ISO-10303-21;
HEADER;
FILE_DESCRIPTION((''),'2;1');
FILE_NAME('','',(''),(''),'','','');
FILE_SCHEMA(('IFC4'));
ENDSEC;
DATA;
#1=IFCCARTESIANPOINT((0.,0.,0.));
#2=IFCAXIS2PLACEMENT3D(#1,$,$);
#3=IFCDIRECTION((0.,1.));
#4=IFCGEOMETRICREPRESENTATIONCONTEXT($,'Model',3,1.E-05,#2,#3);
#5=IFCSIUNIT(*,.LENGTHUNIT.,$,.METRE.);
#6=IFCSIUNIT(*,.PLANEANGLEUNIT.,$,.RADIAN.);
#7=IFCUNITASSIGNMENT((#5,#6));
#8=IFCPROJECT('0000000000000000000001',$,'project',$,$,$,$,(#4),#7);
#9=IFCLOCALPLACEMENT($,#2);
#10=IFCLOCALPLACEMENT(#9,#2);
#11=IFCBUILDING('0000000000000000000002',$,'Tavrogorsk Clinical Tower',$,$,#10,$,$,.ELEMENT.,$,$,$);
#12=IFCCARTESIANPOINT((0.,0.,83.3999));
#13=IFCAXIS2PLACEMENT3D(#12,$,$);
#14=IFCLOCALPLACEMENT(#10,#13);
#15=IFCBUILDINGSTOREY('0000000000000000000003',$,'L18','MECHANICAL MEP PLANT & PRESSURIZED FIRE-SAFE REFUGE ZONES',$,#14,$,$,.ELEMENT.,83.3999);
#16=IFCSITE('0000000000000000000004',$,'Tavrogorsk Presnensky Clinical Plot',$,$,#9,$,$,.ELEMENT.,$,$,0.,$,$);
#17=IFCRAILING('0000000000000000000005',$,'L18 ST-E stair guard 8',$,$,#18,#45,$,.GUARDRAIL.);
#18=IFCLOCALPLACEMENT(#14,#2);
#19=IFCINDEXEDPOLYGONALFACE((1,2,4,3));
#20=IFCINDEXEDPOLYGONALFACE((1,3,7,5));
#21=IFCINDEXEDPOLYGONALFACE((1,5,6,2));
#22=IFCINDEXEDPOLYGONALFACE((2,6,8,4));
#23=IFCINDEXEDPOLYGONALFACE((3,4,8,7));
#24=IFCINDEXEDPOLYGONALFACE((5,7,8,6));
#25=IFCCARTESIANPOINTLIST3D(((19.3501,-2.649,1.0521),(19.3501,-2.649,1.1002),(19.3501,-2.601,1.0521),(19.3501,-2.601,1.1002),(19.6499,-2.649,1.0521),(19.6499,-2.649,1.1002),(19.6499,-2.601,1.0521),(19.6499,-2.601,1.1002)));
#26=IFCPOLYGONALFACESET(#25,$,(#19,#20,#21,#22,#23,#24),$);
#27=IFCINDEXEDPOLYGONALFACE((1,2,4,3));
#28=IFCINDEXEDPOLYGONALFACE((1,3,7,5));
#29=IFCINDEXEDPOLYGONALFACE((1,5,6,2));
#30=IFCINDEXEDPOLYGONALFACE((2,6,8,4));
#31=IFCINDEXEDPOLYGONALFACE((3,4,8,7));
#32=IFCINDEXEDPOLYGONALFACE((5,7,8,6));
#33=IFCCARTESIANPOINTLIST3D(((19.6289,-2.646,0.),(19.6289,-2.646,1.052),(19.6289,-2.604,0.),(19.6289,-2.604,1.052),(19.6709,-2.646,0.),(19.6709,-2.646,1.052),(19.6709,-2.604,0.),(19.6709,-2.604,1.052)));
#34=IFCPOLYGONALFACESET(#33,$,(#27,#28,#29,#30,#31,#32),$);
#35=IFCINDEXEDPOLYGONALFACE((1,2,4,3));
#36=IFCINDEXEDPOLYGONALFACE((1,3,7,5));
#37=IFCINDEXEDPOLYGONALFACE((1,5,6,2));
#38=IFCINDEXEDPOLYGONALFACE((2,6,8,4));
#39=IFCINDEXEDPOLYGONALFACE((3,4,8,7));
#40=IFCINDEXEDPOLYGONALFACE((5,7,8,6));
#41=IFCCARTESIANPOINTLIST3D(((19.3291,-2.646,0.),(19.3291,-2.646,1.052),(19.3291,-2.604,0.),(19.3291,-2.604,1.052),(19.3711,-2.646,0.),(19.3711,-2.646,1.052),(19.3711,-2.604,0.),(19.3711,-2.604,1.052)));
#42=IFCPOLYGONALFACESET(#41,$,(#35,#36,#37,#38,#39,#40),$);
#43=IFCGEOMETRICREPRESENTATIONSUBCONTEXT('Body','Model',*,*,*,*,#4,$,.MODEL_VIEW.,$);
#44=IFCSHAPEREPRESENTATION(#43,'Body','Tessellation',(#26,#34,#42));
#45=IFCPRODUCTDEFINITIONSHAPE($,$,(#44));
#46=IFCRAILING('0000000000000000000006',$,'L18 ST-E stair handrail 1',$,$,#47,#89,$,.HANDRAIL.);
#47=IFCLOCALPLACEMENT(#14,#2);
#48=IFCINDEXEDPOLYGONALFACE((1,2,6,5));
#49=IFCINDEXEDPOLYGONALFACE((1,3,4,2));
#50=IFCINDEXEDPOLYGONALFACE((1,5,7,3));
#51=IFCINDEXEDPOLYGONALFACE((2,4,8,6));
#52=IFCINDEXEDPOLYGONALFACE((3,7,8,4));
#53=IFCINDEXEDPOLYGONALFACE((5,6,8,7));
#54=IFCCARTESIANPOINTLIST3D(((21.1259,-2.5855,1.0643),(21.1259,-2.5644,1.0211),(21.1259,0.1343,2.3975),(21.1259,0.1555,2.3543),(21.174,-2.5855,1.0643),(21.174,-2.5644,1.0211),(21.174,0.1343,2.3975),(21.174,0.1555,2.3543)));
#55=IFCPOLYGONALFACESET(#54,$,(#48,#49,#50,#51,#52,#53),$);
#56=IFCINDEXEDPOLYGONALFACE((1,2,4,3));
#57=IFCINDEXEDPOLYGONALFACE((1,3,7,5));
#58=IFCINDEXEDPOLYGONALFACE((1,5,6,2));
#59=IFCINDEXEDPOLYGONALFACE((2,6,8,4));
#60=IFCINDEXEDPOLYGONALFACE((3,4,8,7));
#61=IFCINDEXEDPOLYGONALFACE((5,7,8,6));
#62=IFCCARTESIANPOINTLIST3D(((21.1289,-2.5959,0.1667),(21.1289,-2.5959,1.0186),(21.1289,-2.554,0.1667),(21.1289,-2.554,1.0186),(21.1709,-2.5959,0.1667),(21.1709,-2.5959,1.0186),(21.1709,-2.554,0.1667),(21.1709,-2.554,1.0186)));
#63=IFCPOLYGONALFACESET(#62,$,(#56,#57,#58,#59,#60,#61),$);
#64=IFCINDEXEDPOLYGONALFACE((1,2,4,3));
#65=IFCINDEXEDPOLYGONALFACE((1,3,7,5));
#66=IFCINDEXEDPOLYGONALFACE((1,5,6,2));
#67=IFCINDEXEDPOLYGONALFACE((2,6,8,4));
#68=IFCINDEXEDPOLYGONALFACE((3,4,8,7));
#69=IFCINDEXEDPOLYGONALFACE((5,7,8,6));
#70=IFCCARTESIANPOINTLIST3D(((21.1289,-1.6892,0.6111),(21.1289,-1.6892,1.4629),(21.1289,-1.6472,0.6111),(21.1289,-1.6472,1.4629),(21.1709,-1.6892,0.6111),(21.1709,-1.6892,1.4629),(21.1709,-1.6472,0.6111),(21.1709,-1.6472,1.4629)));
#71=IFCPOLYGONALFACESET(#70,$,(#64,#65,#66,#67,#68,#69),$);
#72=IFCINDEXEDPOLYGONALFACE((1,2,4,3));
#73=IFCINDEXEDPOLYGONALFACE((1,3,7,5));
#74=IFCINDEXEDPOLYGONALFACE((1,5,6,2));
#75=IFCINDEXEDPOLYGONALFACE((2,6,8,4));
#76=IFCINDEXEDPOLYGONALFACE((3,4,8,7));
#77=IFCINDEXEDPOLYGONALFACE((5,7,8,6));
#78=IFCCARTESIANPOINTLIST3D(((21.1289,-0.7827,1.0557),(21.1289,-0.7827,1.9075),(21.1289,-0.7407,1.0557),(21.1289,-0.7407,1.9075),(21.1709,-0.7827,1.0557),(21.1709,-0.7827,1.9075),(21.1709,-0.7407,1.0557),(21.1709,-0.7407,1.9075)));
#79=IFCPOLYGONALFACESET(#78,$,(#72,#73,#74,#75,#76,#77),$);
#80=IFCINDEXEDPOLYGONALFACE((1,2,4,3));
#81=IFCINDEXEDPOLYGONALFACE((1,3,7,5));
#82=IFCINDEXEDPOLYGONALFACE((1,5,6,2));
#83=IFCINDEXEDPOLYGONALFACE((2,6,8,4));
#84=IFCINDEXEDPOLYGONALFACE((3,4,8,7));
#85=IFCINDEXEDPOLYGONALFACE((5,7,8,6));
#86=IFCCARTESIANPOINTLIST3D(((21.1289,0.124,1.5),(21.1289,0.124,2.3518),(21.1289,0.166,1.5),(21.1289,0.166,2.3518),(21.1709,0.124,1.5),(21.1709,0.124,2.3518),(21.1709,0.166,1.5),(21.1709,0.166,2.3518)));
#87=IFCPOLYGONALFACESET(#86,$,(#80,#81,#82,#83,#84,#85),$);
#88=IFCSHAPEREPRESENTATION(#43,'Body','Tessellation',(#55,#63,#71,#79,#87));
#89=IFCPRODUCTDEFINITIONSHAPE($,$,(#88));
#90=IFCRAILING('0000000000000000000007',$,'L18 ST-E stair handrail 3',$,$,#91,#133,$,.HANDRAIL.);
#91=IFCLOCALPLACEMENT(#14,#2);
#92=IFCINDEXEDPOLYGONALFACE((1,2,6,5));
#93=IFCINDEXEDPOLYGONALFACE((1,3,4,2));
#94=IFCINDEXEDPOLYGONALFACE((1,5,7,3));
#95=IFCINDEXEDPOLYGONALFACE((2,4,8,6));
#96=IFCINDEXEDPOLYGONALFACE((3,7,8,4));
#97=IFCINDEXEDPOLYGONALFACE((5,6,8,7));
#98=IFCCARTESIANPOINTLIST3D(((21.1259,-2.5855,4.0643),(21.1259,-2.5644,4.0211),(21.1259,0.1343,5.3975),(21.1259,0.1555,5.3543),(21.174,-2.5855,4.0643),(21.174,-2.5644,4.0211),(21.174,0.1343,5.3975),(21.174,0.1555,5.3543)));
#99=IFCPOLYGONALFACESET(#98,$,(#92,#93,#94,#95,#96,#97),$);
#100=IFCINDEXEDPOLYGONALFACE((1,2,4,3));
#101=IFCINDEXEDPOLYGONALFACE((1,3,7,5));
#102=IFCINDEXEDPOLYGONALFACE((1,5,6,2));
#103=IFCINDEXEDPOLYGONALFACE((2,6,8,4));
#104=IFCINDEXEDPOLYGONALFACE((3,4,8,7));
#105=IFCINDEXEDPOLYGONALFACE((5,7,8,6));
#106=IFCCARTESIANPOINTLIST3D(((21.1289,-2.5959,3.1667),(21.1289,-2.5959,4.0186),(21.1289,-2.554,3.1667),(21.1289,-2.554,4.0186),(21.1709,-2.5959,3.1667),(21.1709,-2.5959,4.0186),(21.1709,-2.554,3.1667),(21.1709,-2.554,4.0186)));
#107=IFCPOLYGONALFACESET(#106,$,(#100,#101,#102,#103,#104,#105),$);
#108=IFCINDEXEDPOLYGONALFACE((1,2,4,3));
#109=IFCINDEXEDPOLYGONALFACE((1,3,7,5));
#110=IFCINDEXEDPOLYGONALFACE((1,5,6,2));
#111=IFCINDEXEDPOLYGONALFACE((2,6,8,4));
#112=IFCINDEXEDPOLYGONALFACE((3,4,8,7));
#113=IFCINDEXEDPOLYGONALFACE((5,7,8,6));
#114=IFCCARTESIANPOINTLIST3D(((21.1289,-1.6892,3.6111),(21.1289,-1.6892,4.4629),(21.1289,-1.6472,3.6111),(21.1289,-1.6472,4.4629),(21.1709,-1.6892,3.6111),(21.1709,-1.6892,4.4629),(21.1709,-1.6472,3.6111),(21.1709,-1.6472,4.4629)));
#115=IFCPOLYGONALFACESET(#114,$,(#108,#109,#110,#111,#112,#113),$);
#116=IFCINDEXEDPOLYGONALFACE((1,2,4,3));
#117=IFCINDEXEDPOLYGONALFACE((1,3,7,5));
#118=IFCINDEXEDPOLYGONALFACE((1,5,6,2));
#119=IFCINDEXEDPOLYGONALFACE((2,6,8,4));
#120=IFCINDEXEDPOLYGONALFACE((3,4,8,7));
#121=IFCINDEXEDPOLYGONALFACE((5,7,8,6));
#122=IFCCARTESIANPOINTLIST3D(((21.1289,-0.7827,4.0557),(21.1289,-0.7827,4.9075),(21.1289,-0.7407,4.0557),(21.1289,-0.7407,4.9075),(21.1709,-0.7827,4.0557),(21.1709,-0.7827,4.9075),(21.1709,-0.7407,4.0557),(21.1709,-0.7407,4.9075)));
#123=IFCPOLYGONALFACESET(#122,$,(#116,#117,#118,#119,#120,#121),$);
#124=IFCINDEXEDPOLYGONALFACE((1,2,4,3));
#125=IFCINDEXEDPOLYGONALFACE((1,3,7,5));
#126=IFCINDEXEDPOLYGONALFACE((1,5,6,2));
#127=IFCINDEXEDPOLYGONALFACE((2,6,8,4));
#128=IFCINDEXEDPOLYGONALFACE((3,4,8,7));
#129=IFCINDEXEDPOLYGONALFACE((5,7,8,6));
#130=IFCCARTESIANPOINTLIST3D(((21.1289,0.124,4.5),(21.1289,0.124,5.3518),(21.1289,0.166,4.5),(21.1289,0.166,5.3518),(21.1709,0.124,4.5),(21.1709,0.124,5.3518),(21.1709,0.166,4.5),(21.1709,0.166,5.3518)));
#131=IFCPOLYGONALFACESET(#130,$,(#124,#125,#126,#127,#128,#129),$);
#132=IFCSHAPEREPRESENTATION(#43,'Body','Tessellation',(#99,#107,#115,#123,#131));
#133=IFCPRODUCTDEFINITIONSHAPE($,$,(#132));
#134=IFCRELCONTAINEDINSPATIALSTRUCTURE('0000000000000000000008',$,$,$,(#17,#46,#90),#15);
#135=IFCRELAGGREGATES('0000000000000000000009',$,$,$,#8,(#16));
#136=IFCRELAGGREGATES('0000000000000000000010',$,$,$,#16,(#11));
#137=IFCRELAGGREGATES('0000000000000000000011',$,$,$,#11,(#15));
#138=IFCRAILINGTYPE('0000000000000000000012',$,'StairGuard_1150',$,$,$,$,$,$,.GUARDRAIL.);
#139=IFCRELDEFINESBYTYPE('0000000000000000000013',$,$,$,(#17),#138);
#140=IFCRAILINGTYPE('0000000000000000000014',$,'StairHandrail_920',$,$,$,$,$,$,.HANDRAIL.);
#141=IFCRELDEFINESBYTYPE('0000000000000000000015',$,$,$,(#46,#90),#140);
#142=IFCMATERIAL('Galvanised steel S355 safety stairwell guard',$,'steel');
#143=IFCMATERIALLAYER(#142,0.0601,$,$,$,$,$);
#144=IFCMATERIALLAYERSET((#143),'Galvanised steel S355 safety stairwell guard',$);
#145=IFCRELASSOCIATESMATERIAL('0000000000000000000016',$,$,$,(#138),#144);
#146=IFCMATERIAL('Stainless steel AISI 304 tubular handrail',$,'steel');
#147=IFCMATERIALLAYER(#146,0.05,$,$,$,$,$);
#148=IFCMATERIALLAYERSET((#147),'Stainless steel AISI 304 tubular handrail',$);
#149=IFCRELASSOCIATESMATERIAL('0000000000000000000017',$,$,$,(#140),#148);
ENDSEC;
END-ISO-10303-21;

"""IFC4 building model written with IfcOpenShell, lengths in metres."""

from ifc_helpers import new_model, si_unit, direction, frame, origin, origin_2d, place, context, subcontext, project, spatial, rectangle, extrude, material, layer, layer_set, type_object, element, save


model = new_model("IFC4")

# Units and contexts
model_context = context("Model", 3, precision=1e-05, world=origin(), true_north=direction((0.0, 1.0)))
body_context = subcontext(model_context, "Body", "Model", "MODEL_VIEW")
ifc_project = project(units=[si_unit("LENGTHUNIT", "METRE"), si_unit("PLANEANGLEUNIT", "RADIAN")], contexts=[model_context])

# Site, building, storey
site_placement = place(None, origin())
site = spatial("IfcSite", under=ifc_project, at=site_placement, Name="Tavrogorsk Presnensky Clinical Plot", CompositionType="ELEMENT", RefElevation=0.0)
building_placement = place(site_placement, origin())
building = spatial("IfcBuilding", under=site, at=building_placement, Name="Tavrogorsk Clinical Tower", CompositionType="ELEMENT")
storey_placement = place(building_placement, frame((0.0, 0.0, 83.3999)))
storey = spatial("IfcBuildingStorey", under=building, at=storey_placement, Name="L18", Description="MECHANICAL MEP PLANT & PRESSURIZED FIRE-SAFE REFUGE ZONES", CompositionType="ELEMENT", Elevation=83.3999)

# Railings
ifc_material_1 = material(Name="Galvanised steel S355 safety stairwell guard", Category="steel")
ifc_layer_1 = layer(ifc_material_1, 0.0601)
ifc_layer_set_1 = layer_set([ifc_layer_1], Name="Galvanised steel S355 safety stairwell guard")
railing_type_1 = type_object("IfcRailingType", Name="StairGuard_1150", PredefinedType="GUARDRAIL", material=ifc_layer_set_1)
railing_1_placement = place(storey_placement, frame((19.6499, -2.625, 0.0)))
element("IfcRailing", 1, at=railing_1_placement, inside=storey, type_object=railing_type_1, Name="L18 ST-E stair guard 8", PredefinedType="GUARDRAIL", context=body_context, shape_type="SweptSolid", body=[
    extrude(rectangle(XDim=0.0481, YDim=0.0481, at=origin_2d()), frame((0.0, 0.0, 1.0762), z_axis=(-1.0, 0.0, 0.0), x_axis=(0.0, -1.0, 0.0)), (0.0, 0.0, 1.0), 0.2998),
    extrude(rectangle(XDim=0.042, YDim=0.042, at=origin_2d()), origin(), (0.0, 0.0, 1.0), 1.052),
    extrude(rectangle(XDim=0.042, YDim=0.042, at=origin_2d()), frame((-0.2998, 0.0, 0.0)), (0.0, 0.0, 1.0), 1.052),
])
ifc_material_2 = material(Name="Stainless steel AISI 304 tubular handrail", Category="steel")
ifc_layer_2 = layer(ifc_material_2, 0.05)
ifc_layer_set_2 = layer_set([ifc_layer_2], Name="Stainless steel AISI 304 tubular handrail")
railing_type_2 = type_object("IfcRailingType", Name="StairHandrail_920", PredefinedType="HANDRAIL", material=ifc_layer_set_2)
for number, where, name in (
    (2, (21.1499, -2.575, 0.1667), "L18 ST-E stair handrail 1"),
    (3, (21.1499, -2.575, 3.1667), "L18 ST-E stair handrail 3"),
):
    element("IfcRailing", number, at=place(storey_placement, frame(where)), inside=storey, type_object=railing_type_2, Name=name, PredefinedType="HANDRAIL", context=body_context, shape_type="SweptSolid", body=[
        extrude(rectangle(XDim=0.0481, YDim=0.0481, at=origin_2d()), frame((0.0, 0.0, 0.876), z_axis=(0.0, 0.897929, 0.440139), x_axis=(-1.0, 0.0, 0.0)), (0.0, 0.0, 1.0), 3.0291),
        extrude(rectangle(XDim=0.042, YDim=0.042, at=origin_2d()), origin(), (0.0, 0.0, 1.0), 0.8518),
        extrude(rectangle(XDim=0.042, YDim=0.042, at=origin_2d()), frame((0.0, 0.9067, 0.4443)), (0.0, 0.0, 1.0), 0.8518),
        extrude(rectangle(XDim=0.042, YDim=0.042, at=origin_2d()), frame((0.0, 1.8132, 0.8889)), (0.0, 0.0, 1.0), 0.8518),
        extrude(rectangle(XDim=0.042, YDim=0.042, at=origin_2d()), frame((0.0, 2.72, 1.3333)), (0.0, 0.0, 1.0), 0.8518),
    ])

save(model, "model.ifc")
